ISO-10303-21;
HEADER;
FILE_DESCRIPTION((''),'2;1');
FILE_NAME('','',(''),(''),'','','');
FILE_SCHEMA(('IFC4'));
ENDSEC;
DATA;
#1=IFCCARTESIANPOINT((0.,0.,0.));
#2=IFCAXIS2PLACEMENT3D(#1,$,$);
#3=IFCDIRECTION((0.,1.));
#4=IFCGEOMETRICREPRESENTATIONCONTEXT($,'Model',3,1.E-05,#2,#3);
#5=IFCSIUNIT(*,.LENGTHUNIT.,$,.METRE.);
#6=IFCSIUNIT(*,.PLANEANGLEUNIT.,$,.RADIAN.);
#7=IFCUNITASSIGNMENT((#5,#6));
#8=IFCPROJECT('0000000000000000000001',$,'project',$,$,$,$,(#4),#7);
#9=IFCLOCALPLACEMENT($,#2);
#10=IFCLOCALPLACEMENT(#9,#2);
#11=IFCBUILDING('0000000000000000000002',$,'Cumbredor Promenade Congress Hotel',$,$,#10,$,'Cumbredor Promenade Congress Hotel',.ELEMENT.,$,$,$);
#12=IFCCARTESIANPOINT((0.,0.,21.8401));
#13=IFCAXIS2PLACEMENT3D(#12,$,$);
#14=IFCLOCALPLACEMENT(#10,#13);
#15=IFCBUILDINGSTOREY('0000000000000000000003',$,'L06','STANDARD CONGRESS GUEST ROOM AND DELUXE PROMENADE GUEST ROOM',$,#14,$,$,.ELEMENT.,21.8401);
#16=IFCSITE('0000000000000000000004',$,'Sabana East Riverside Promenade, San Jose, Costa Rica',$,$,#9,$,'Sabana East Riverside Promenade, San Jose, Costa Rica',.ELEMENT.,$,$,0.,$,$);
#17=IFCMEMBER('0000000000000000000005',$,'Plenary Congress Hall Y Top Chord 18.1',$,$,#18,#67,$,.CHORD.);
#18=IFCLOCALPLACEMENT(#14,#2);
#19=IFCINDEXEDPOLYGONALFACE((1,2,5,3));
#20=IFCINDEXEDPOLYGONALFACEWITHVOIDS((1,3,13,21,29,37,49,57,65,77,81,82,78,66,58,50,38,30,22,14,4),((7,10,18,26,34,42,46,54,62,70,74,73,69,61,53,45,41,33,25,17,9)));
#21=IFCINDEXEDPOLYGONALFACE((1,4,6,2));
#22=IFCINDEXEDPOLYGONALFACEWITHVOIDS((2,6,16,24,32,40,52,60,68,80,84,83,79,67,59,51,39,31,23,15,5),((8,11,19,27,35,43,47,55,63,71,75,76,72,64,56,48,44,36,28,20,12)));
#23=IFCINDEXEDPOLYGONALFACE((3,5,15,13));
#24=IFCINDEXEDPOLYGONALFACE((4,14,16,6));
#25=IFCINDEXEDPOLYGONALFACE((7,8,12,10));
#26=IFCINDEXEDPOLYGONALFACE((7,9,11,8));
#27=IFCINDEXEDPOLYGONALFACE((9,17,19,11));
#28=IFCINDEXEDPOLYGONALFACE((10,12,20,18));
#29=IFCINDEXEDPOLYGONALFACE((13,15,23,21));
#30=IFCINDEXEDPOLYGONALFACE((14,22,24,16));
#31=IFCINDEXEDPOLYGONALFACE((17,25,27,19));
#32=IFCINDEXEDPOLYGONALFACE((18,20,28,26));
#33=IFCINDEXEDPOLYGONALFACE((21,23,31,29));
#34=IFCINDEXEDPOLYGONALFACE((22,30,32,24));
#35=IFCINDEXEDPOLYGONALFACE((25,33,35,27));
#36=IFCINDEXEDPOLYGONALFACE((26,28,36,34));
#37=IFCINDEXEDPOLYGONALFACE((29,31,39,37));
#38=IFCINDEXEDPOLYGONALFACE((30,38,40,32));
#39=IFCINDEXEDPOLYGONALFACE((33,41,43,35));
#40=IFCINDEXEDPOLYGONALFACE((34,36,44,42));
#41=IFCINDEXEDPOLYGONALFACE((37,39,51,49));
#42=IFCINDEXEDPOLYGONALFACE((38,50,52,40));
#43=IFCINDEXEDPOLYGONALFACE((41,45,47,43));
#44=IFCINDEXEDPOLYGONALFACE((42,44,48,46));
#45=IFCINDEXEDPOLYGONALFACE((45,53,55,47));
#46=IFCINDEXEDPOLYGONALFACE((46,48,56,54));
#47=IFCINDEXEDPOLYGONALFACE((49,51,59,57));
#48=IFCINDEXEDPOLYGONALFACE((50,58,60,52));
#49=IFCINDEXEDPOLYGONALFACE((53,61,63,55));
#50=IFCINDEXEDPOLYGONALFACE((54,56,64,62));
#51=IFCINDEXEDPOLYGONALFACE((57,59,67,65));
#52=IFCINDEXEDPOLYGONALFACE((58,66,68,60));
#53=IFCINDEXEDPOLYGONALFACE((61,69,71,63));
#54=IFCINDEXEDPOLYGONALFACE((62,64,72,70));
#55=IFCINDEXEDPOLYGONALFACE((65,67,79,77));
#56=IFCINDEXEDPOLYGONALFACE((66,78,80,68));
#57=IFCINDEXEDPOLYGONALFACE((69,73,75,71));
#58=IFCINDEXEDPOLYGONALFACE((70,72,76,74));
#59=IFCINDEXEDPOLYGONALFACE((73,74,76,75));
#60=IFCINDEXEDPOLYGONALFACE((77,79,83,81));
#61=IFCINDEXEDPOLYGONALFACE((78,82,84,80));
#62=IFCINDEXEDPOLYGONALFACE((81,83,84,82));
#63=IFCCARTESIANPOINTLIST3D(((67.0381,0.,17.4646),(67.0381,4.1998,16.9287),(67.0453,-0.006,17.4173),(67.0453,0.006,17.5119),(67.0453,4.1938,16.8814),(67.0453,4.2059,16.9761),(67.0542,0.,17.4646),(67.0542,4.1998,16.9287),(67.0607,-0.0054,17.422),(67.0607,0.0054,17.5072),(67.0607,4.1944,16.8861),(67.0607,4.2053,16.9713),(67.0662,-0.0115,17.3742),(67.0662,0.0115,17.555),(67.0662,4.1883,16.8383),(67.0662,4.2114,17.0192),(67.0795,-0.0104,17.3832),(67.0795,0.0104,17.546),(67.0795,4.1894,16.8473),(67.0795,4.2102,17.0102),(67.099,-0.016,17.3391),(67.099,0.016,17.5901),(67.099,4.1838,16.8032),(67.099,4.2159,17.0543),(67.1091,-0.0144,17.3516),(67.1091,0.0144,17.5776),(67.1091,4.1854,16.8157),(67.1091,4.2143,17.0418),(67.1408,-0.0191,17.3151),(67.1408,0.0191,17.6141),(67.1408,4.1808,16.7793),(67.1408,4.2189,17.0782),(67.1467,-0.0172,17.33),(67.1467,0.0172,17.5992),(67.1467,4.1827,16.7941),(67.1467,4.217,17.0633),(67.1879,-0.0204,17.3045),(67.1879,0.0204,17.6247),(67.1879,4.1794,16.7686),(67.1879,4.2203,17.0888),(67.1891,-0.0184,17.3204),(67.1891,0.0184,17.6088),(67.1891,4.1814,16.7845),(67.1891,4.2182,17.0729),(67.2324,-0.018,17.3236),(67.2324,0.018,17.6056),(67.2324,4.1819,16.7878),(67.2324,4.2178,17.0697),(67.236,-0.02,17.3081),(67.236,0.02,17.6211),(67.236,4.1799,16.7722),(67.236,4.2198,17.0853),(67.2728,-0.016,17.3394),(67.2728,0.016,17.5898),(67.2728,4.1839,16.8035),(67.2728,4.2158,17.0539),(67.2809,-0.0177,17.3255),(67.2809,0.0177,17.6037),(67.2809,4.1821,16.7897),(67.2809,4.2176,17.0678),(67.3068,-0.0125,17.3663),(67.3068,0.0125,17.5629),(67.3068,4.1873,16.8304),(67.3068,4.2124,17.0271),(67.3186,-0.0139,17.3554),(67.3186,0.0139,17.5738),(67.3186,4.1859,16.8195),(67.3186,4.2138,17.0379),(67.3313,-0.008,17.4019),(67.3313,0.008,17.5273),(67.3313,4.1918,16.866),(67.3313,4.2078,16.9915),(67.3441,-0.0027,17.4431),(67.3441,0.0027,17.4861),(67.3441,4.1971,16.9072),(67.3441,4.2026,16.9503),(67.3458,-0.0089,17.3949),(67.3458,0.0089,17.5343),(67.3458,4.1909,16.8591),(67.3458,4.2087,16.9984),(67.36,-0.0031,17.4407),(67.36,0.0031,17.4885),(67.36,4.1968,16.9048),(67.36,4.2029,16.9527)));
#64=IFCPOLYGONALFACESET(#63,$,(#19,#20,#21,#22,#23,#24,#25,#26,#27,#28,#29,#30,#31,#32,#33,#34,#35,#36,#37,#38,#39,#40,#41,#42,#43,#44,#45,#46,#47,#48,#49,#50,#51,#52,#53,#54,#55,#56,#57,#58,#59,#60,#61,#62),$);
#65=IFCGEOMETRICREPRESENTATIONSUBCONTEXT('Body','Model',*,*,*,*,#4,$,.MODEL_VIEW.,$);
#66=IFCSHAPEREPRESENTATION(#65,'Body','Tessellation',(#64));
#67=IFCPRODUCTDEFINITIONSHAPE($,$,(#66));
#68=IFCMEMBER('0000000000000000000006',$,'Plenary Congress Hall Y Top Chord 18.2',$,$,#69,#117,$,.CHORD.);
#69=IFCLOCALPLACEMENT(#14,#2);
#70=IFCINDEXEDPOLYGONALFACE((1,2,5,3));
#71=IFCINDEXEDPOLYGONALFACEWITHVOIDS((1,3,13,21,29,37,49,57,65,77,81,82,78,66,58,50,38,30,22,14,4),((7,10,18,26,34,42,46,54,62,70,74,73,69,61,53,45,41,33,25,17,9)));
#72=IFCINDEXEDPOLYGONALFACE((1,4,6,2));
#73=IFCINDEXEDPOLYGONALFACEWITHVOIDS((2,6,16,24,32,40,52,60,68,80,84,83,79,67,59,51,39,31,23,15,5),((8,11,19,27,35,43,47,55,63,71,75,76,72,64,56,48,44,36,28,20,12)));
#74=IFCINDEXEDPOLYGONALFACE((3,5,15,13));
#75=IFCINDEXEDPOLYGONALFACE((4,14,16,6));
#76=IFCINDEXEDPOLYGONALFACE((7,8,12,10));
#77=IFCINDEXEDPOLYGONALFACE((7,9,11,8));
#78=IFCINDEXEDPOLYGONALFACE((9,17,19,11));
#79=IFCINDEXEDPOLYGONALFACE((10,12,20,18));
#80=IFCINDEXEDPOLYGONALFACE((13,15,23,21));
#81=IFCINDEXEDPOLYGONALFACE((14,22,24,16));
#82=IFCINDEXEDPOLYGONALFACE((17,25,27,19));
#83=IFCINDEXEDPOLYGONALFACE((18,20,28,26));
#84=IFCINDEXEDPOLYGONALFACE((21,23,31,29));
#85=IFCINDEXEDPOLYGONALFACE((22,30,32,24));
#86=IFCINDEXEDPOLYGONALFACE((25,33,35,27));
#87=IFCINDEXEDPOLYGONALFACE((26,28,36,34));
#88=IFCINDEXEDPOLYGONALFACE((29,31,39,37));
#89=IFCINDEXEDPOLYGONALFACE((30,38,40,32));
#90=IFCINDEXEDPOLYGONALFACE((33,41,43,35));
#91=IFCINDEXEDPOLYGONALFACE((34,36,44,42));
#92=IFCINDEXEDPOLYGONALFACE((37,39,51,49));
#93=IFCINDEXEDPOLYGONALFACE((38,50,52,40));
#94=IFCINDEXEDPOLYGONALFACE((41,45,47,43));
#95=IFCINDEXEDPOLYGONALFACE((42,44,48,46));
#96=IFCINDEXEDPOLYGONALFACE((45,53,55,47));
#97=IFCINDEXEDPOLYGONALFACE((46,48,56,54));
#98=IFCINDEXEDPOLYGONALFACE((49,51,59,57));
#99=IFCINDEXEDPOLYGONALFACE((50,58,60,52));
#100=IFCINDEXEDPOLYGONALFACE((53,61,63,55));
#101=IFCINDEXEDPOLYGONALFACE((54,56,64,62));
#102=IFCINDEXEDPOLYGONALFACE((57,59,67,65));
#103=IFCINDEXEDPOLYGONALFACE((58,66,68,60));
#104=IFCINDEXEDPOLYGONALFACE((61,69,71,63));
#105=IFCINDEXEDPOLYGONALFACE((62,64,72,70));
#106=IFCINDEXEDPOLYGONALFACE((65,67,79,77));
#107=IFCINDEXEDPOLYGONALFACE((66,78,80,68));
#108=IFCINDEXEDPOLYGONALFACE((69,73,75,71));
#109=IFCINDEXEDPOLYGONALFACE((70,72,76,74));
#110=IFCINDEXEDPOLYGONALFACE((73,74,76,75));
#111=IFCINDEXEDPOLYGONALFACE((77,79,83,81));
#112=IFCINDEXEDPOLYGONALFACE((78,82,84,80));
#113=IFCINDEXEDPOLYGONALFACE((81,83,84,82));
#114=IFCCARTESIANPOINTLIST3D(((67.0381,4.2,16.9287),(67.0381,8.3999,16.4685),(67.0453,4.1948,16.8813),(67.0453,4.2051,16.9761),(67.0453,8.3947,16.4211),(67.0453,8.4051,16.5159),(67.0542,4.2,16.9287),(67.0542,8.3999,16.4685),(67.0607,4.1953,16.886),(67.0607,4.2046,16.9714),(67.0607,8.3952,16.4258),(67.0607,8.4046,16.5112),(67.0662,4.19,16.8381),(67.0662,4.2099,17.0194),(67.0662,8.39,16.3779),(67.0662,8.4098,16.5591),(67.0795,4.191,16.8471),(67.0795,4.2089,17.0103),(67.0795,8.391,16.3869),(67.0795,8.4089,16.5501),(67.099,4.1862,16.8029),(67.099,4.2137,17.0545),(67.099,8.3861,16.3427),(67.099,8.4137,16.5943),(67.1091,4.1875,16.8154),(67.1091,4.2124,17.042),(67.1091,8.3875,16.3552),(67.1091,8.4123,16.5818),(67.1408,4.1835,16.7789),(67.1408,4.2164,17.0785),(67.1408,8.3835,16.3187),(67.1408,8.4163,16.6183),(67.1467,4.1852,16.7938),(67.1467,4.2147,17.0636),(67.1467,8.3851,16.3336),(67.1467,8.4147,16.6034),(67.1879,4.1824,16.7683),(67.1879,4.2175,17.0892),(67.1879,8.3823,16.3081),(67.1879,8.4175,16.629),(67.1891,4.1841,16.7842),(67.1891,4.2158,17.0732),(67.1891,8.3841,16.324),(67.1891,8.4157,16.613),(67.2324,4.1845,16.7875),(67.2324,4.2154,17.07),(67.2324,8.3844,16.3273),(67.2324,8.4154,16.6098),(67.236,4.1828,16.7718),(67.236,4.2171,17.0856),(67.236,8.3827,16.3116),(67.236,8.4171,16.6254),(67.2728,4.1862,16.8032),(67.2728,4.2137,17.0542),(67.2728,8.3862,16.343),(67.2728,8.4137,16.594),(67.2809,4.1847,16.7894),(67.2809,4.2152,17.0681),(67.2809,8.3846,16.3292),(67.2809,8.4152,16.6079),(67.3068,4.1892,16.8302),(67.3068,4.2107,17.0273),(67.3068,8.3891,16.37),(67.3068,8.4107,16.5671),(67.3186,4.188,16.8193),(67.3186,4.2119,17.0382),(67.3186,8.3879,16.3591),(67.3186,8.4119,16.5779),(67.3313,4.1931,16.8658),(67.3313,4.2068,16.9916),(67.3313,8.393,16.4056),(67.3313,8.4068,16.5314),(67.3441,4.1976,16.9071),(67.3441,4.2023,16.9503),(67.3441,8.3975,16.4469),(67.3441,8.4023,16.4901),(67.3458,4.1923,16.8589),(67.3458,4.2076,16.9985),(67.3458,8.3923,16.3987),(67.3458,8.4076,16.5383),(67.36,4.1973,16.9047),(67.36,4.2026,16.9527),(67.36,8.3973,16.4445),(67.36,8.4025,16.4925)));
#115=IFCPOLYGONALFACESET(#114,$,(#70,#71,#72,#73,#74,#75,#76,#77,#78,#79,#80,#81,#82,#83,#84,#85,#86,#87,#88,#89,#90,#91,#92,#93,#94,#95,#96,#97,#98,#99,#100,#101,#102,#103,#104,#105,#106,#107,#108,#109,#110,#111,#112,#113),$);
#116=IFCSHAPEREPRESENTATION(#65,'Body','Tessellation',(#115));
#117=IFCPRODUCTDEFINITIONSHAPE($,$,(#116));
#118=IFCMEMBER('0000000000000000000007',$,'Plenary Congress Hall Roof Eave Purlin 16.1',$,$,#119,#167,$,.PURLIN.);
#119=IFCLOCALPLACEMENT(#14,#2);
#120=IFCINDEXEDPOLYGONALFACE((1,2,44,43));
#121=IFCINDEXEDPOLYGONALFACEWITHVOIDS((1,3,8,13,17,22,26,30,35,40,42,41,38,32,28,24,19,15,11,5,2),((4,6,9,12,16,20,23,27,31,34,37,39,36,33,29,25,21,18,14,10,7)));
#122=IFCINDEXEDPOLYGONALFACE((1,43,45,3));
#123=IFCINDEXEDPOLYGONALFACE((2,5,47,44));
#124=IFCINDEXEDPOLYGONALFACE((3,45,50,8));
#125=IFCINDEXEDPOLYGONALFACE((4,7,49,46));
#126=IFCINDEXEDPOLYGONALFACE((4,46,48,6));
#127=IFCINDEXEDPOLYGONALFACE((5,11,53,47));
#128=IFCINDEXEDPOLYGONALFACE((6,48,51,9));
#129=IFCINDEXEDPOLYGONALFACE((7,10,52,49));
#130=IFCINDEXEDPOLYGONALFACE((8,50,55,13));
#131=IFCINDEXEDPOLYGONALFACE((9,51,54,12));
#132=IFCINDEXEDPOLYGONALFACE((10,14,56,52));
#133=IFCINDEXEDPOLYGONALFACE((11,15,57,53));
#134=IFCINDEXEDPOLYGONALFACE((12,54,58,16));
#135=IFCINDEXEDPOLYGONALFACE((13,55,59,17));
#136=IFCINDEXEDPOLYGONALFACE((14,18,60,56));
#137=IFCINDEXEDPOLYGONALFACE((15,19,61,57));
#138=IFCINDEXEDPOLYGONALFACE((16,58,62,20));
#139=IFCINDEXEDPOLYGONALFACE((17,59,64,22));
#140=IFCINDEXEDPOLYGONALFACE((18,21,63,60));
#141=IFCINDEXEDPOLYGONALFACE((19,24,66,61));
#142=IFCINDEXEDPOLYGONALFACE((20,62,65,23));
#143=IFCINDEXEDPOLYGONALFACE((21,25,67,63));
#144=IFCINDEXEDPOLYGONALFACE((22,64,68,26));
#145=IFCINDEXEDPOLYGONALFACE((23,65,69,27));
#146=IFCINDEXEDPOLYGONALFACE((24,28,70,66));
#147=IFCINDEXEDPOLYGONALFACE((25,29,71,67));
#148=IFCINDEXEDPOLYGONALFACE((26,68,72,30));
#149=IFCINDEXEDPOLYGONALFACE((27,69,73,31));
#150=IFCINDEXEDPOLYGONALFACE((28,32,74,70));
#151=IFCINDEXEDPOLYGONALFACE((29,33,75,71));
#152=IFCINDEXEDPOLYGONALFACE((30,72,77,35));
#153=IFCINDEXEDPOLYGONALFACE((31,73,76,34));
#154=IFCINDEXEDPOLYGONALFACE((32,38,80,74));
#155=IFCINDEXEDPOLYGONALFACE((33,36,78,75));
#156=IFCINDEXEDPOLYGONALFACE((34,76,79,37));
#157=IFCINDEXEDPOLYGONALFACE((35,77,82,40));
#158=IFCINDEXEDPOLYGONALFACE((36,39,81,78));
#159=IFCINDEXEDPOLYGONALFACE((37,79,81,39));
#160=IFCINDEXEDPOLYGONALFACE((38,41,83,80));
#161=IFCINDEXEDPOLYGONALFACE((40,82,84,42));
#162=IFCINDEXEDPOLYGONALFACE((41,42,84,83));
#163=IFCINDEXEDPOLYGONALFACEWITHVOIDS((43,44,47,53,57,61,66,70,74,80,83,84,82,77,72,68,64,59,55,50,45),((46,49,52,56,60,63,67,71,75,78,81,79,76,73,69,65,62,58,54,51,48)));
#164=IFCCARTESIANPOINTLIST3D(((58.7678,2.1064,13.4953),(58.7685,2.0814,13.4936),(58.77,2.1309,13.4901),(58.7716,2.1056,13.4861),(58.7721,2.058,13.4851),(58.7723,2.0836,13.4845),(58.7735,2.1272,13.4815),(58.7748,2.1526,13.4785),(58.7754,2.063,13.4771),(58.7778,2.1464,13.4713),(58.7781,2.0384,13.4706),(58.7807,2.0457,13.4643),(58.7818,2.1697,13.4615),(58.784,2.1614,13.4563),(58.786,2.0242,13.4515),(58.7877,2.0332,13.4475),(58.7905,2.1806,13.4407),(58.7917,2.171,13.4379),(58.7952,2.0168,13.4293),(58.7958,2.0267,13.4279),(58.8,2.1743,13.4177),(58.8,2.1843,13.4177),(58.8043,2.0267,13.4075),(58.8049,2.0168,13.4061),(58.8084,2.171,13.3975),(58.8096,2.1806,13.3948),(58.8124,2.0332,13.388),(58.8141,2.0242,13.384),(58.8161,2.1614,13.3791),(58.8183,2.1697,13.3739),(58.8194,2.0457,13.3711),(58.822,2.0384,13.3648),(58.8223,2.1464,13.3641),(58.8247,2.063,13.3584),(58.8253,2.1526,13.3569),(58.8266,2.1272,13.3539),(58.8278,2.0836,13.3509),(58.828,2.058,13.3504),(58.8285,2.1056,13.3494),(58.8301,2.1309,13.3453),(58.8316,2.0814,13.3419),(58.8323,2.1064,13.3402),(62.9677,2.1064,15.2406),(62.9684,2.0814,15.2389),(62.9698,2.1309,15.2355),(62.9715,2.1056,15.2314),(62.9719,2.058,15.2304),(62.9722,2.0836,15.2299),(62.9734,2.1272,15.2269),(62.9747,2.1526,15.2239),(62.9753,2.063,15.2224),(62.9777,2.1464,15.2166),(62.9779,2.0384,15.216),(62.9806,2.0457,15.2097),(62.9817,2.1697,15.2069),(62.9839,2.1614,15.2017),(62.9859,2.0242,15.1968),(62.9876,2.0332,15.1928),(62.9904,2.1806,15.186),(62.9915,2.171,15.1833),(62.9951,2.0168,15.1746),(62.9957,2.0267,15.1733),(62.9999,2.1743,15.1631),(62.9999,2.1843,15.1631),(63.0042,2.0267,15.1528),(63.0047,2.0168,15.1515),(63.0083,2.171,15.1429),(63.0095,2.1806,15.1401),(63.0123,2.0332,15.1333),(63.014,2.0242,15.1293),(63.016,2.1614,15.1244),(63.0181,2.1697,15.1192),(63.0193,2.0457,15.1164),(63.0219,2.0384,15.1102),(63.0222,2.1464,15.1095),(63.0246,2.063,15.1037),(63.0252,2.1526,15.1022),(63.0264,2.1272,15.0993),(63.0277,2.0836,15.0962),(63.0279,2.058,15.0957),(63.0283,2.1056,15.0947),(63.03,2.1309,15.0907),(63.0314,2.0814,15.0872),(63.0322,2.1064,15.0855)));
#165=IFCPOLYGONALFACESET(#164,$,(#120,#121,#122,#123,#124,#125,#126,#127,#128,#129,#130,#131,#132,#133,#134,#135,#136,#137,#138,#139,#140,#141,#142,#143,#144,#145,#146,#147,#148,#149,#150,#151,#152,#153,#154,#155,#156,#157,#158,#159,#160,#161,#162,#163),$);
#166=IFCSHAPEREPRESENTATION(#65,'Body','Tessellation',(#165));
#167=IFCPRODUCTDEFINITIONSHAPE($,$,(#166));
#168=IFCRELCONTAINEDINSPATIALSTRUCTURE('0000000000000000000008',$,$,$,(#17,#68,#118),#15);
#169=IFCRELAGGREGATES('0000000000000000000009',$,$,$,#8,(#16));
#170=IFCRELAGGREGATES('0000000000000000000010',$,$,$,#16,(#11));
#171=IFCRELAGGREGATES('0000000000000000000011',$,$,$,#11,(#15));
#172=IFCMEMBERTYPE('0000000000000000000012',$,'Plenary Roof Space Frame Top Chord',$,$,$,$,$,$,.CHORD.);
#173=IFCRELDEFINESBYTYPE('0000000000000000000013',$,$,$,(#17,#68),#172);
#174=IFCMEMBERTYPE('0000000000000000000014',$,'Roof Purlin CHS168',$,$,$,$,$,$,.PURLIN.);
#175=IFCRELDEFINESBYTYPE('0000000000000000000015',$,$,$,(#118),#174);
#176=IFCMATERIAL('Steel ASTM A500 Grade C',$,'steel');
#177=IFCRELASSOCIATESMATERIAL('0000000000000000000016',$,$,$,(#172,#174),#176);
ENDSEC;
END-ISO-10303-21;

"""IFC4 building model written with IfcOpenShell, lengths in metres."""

from ifc_helpers import new_model, si_unit, direction, frame, origin, origin_2d, place, context, subcontext, project, spatial, hollow_circle, extrude, material, material_profile, profile_set, type_object, element, save


model = new_model("IFC4")

# Units and contexts
model_context = context("Model", 3, precision=1e-05, world=origin(), true_north=direction((0.0, 1.0)))
body_context = subcontext(model_context, "Body", "Model", "MODEL_VIEW")
ifc_project = project(units=[si_unit("LENGTHUNIT", "METRE"), si_unit("PLANEANGLEUNIT", "RADIAN")], contexts=[model_context])

# Site, building, storey
site_placement = place(None, origin())
site = spatial("IfcSite", under=ifc_project, at=site_placement, Name="Sabana East Riverside Promenade, San Jose, Costa Rica", LongName="Sabana East Riverside Promenade, San Jose, Costa Rica", CompositionType="ELEMENT", RefElevation=0.0)
building_placement = place(site_placement, origin())
building = spatial("IfcBuilding", under=site, at=building_placement, Name="Cumbredor Promenade Congress Hotel", LongName="Cumbredor Promenade Congress Hotel", CompositionType="ELEMENT")
storey_placement = place(building_placement, frame((0.0, 0.0, 21.8401)))
storey = spatial("IfcBuildingStorey", under=building, at=storey_placement, Name="L06", Description="STANDARD CONGRESS GUEST ROOM AND DELUXE PROMENADE GUEST ROOM", CompositionType="ELEMENT", Elevation=21.8401)

# Members
ifc_material_1 = material(Name="Steel ASTM A500 Grade C", Category="steel")
ifc_material_profile_1 = material_profile(ifc_material_1, hollow_circle(Radius=0.1619, WallThickness=0.0161, at=origin_2d()), Name="CHS 323.9x16")
ifc_profile_set_1 = profile_set([ifc_material_profile_1], Name="Steel ASTM A500 Grade C")
member_type_1 = type_object("IfcMemberType", Name="Plenary Roof Space Frame Top Chord", PredefinedType="CHORD", material=ifc_profile_set_1)
member_1_placement = place(storey_placement, frame((67.2, 0.0, 17.4646), z_axis=(0.0, 0.991958, -0.126568), x_axis=(-1.0, 0.0, 0.0)))
element("IfcMember", 1, at=member_1_placement, inside=storey, type_object=member_type_1, Name="Plenary Congress Hall Y Top Chord 18.1", PredefinedType="CHORD", context=body_context, shape_type="SweptSolid", body=[
    extrude(hollow_circle(Radius=0.1619, WallThickness=0.0161, at=origin_2d()), origin(), (0.0, 0.0, 1.0), 4.2339),
])
member_2_placement = place(storey_placement, frame((67.2, 4.2, 16.9287), z_axis=(0.0, 0.99405, -0.108922), x_axis=(-1.0, 0.0, 0.0)))
element("IfcMember", 2, at=member_2_placement, inside=storey, type_object=member_type_1, Name="Plenary Congress Hall Y Top Chord 18.2", PredefinedType="CHORD", context=body_context, shape_type="SweptSolid", body=[
    extrude(hollow_circle(Radius=0.1619, WallThickness=0.0161, at=origin_2d()), origin(), (0.0, 0.0, 1.0), 4.2251),
])
ifc_material_profile_2 = material_profile(ifc_material_1, hollow_circle(Radius=0.0842, WallThickness=0.01, at=origin_2d()), Name="CHS 168.3x10")
ifc_profile_set_2 = profile_set([ifc_material_profile_2], Name="Steel ASTM A500 Grade C")
member_type_2 = type_object("IfcMemberType", Name="Roof Purlin CHS168", PredefinedType="PURLIN", material=ifc_profile_set_2)
member_3_placement = place(storey_placement, frame((58.8, 2.1001, 13.4177), z_axis=(0.923437, 0.0, 0.38375), x_axis=(0.0, 1.0, 0.0)))
element("IfcMember", 3, at=member_3_placement, inside=storey, type_object=member_type_2, Name="Plenary Congress Hall Roof Eave Purlin 16.1", PredefinedType="PURLIN", context=body_context, shape_type="SweptSolid", body=[
    extrude(hollow_circle(Radius=0.0842, WallThickness=0.01, at=origin_2d()), origin(), (0.0, 0.0, 1.0), 4.5481),
])

save(model, "model.ifc")
